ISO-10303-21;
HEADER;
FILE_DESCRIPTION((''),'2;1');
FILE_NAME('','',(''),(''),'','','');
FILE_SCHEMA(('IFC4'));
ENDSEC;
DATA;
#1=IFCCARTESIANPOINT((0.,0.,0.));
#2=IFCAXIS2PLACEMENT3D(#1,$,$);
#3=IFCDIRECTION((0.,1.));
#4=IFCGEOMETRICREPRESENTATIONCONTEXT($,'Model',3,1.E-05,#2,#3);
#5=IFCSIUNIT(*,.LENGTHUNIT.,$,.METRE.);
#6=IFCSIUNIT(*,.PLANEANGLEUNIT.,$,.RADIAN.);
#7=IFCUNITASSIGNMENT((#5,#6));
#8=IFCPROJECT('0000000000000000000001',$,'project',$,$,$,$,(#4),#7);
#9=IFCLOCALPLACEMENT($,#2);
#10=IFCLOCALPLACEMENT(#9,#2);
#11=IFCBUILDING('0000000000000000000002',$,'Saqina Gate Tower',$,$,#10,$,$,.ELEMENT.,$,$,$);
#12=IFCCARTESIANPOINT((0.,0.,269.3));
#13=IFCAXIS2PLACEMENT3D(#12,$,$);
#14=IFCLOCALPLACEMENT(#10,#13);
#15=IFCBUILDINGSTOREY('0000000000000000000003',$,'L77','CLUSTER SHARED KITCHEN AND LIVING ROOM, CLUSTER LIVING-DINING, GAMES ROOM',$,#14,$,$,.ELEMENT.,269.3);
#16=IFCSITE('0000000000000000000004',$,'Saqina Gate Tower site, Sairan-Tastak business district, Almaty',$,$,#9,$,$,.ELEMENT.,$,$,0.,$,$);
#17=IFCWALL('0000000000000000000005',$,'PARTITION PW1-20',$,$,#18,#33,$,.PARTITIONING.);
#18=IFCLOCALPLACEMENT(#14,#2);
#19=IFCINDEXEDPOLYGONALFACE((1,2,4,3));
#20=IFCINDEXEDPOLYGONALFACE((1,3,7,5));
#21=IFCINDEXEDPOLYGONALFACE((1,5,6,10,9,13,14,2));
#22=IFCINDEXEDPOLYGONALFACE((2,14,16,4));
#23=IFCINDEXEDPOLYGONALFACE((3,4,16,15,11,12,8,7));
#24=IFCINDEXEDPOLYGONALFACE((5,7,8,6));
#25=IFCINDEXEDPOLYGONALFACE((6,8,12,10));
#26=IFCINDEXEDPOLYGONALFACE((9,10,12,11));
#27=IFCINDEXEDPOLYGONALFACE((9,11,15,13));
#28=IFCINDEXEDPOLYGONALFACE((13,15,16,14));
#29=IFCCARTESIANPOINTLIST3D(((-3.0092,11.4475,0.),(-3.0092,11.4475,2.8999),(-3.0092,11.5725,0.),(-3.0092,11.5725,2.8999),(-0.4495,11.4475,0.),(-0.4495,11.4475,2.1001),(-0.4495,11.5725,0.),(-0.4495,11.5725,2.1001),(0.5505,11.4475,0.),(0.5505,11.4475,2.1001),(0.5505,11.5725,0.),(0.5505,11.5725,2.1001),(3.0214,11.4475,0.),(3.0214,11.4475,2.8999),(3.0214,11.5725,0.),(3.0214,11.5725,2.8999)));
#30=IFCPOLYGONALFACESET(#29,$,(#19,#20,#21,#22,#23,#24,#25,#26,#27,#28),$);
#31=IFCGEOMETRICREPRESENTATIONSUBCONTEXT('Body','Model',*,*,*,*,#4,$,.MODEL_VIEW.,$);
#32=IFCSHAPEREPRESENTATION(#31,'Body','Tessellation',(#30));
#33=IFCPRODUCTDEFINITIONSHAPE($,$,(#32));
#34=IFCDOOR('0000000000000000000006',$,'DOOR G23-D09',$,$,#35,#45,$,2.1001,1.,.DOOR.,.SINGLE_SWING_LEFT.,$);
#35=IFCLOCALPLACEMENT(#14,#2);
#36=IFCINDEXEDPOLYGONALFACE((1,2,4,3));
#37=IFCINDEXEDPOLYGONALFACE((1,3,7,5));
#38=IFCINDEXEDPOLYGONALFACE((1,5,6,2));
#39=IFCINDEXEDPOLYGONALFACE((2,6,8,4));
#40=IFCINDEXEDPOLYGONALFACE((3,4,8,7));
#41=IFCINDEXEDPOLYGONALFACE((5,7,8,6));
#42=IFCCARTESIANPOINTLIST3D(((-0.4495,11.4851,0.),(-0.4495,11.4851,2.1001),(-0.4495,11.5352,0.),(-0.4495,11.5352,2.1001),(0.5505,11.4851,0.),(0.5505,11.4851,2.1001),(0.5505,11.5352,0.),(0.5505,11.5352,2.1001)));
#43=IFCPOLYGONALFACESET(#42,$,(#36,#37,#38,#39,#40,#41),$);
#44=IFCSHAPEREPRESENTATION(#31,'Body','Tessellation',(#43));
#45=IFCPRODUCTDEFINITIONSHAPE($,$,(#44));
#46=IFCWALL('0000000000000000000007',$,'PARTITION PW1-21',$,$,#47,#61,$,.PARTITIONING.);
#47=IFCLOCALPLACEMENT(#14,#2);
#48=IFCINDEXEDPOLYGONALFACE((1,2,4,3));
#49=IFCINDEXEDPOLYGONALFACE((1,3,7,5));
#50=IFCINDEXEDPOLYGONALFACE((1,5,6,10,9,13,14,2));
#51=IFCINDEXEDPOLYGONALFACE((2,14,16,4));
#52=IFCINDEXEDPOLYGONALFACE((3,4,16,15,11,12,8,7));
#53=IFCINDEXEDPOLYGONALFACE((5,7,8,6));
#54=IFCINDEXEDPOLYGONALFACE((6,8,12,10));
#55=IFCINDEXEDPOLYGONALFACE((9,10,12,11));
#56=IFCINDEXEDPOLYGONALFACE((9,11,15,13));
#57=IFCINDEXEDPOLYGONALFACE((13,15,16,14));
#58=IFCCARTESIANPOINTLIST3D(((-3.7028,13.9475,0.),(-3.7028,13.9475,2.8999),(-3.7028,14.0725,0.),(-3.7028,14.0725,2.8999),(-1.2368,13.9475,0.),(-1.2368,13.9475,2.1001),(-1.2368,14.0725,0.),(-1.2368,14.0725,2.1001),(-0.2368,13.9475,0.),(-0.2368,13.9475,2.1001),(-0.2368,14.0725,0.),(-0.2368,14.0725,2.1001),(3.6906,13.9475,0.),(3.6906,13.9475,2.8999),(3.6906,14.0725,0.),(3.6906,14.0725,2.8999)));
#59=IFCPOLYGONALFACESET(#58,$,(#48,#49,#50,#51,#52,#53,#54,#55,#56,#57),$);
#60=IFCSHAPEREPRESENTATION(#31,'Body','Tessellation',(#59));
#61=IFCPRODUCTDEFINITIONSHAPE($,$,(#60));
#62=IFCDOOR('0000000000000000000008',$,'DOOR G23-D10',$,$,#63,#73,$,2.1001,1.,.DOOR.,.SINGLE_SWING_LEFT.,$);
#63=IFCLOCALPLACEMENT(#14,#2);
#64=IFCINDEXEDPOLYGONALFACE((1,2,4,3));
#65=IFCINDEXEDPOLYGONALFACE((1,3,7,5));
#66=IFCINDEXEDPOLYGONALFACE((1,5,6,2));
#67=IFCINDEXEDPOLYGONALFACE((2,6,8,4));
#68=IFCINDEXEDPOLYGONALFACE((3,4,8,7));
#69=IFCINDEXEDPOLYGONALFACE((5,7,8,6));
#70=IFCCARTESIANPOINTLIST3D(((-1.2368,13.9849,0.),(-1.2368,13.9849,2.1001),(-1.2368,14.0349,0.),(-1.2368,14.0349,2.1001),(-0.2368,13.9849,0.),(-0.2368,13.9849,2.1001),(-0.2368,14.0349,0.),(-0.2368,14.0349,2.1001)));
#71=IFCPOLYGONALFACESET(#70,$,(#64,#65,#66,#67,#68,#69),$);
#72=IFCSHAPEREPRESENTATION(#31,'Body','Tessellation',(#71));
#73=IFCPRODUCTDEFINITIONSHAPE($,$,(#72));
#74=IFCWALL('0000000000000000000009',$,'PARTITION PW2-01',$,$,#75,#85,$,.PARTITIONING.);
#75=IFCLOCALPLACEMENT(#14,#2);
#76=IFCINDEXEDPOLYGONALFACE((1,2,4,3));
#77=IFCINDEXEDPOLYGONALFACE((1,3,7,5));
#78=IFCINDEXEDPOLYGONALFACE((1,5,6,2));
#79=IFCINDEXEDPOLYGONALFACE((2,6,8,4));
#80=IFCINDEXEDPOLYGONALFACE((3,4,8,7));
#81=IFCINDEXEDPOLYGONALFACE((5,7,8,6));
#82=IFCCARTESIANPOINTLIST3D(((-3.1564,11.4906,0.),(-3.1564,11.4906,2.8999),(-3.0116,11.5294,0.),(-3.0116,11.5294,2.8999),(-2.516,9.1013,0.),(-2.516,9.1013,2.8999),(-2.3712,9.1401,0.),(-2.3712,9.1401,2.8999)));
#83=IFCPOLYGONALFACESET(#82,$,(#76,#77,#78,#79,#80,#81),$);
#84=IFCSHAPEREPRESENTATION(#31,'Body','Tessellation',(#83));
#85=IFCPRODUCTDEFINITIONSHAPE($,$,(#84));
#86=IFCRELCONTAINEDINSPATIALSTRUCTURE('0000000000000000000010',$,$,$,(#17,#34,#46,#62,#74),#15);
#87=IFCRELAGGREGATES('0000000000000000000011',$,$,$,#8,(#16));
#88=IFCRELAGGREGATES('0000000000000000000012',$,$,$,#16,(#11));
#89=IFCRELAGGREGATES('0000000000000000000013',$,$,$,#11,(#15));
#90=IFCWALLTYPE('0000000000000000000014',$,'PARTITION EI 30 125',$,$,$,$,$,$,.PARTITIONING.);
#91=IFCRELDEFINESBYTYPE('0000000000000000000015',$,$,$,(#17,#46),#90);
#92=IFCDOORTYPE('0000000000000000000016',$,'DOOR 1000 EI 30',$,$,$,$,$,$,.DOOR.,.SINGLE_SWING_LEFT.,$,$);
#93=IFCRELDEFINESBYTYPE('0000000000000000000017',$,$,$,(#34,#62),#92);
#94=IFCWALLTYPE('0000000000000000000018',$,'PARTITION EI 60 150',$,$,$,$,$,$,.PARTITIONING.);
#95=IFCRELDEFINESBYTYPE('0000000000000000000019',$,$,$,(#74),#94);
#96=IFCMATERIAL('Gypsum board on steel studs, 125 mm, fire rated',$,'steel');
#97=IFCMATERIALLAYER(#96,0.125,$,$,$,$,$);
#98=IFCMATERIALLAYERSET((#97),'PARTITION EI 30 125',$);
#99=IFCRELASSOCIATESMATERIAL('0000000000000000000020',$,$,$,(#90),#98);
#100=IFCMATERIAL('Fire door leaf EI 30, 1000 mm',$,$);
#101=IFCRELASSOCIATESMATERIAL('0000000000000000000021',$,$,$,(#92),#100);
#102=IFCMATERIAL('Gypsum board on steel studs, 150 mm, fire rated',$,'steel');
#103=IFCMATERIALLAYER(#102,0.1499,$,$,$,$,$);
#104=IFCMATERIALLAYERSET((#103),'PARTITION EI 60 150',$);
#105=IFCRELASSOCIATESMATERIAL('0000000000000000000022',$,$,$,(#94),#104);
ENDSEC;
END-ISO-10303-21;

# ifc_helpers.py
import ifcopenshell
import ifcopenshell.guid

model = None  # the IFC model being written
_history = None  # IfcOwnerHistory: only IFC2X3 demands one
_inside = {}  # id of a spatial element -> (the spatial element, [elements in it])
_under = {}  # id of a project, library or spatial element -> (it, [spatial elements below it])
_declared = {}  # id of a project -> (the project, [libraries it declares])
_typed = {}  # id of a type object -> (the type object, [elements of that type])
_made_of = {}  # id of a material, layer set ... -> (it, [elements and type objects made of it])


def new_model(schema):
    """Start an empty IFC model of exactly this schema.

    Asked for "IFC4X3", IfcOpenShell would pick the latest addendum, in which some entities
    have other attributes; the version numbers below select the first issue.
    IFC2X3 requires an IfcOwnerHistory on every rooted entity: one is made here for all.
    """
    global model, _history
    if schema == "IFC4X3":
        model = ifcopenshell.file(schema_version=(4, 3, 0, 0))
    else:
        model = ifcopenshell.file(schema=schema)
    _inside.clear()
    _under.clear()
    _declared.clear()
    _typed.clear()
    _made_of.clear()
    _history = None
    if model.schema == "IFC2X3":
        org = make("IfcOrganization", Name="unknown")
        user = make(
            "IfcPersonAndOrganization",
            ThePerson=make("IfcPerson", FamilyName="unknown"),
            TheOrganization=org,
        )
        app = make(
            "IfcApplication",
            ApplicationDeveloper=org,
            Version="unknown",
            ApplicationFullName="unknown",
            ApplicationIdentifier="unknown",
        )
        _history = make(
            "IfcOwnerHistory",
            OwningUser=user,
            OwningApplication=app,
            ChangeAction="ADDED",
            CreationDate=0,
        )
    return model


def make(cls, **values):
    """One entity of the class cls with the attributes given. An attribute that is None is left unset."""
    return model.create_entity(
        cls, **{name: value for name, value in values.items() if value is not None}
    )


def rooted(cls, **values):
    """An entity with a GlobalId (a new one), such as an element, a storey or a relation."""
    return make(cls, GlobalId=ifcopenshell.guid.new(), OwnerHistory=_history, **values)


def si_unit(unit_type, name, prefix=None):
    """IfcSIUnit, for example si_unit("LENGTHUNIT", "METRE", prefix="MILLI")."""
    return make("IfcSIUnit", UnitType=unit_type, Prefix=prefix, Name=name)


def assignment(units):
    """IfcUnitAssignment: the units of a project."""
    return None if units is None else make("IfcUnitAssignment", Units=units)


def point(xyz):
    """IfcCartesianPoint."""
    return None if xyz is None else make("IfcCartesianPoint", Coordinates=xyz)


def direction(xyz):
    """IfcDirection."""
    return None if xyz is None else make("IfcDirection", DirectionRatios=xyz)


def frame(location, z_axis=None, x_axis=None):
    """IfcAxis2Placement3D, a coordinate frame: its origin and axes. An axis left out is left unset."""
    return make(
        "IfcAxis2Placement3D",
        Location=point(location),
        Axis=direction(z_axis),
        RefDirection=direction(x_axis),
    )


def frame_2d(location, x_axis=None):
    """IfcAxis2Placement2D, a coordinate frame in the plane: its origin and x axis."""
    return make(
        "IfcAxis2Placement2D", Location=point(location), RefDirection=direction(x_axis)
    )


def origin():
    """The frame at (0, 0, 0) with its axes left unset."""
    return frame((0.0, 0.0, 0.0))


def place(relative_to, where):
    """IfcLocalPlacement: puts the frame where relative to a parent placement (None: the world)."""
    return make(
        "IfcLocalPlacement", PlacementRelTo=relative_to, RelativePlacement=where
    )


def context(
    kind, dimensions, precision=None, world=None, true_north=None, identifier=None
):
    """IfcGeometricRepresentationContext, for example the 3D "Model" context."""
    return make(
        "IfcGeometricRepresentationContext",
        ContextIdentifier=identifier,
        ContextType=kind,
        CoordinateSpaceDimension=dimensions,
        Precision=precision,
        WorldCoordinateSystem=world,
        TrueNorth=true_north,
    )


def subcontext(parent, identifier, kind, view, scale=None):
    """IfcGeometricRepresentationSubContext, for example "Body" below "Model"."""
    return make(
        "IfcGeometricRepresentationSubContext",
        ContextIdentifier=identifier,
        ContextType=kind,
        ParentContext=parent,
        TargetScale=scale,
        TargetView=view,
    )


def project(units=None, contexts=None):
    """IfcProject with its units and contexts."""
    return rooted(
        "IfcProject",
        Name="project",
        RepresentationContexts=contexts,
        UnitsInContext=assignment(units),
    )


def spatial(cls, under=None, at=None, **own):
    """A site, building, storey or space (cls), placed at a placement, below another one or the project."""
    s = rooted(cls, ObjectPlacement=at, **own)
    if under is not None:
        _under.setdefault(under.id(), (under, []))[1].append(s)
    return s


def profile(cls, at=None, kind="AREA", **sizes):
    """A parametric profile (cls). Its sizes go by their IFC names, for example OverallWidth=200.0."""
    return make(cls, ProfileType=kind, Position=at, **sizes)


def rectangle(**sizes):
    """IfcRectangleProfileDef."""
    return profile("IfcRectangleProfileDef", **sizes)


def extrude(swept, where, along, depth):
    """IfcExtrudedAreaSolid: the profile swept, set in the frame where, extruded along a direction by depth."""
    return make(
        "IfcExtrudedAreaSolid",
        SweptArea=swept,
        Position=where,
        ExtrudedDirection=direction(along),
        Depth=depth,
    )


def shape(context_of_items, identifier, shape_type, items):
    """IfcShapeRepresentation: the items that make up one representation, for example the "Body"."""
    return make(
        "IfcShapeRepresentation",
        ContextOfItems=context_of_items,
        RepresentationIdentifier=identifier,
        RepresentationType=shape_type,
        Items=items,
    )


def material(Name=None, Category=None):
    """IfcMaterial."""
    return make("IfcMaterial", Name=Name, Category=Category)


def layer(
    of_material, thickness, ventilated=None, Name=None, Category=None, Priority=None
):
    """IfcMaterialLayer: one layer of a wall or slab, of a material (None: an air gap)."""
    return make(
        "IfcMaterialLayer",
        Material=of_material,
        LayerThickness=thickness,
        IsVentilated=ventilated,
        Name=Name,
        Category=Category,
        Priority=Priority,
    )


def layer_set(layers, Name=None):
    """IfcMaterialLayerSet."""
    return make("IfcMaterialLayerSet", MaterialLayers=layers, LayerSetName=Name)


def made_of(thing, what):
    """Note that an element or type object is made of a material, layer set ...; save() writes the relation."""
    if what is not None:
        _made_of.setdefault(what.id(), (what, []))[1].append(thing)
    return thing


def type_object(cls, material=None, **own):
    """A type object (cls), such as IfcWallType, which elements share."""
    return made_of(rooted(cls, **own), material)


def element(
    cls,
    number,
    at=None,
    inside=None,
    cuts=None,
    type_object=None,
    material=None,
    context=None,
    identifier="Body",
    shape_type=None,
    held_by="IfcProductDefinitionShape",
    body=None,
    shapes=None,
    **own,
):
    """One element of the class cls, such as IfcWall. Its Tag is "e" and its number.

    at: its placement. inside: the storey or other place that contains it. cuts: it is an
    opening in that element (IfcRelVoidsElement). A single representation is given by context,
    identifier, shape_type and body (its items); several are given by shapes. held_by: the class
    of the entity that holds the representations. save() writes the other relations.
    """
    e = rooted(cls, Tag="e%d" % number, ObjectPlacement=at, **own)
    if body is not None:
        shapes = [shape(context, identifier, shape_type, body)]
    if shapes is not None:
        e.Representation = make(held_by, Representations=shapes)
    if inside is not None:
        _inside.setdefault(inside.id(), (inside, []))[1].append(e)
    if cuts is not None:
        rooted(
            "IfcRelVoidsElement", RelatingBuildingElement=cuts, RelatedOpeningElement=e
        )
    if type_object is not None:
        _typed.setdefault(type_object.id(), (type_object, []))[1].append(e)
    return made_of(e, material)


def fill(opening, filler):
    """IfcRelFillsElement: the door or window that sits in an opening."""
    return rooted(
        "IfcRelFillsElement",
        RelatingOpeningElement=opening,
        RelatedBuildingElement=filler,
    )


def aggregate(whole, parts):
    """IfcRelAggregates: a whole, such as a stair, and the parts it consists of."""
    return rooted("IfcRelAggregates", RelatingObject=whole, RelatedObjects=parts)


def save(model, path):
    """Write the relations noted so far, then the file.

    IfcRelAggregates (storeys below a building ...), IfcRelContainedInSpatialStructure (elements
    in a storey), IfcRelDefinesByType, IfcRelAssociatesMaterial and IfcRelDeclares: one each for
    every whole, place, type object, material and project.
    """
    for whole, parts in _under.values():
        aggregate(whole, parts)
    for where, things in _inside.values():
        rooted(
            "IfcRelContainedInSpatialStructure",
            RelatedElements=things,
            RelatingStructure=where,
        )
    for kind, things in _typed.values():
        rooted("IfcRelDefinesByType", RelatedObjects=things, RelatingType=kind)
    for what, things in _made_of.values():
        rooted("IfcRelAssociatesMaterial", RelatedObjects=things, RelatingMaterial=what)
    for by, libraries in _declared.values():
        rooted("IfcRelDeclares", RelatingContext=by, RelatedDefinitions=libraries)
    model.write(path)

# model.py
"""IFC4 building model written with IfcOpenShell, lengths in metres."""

from ifc_helpers import new_model, si_unit, direction, frame, frame_2d, origin, place, context, subcontext, project, spatial, rectangle, extrude, material, layer, layer_set, type_object, element, fill, save


model = new_model("IFC4")

# Units and contexts
model_context = context("Model", 3, precision=1e-05, world=origin(), true_north=direction((0.0, 1.0)))
body_context = subcontext(model_context, "Body", "Model", "MODEL_VIEW")
ifc_project = project(units=[si_unit("LENGTHUNIT", "METRE"), si_unit("PLANEANGLEUNIT", "RADIAN")], contexts=[model_context])

# Site, building, storey
site_placement = place(None, origin())
site = spatial("IfcSite", under=ifc_project, at=site_placement, Name="Saqina Gate Tower site, Sairan-Tastak business district, Almaty", CompositionType="ELEMENT", RefElevation=0.0)
building_placement = place(site_placement, origin())
building = spatial("IfcBuilding", under=site, at=building_placement, Name="Saqina Gate Tower", CompositionType="ELEMENT")
storey_placement = place(building_placement, frame((0.0, 0.0, 269.3)))
storey = spatial("IfcBuildingStorey", under=building, at=storey_placement, Name="L77", Description="CLUSTER SHARED KITCHEN AND LIVING ROOM, CLUSTER LIVING-DINING, GAMES ROOM", CompositionType="ELEMENT", Elevation=269.3)

# Walls, openings, doors
ifc_material_1 = material(Name="Gypsum board on steel studs, 125 mm, fire rated", Category="steel")
ifc_layer_1 = layer(ifc_material_1, 0.125)
ifc_layer_set_1 = layer_set([ifc_layer_1], Name="PARTITION EI 30 125")
wall_type_1 = type_object("IfcWallType", Name="PARTITION EI 30 125", PredefinedType="PARTITIONING", material=ifc_layer_set_1)
wall_1_placement = place(storey_placement, frame((-3.009, 11.51, 0.0), z_axis=(0.0, 0.0, 1.0), x_axis=(1.0, 0.0, 0.0)))
wall_1 = element("IfcWall", 1, at=wall_1_placement, inside=storey, type_object=wall_type_1, Name="PARTITION PW1-20", PredefinedType="PARTITIONING", context=body_context, shape_type="SweptSolid", body=[
    extrude(rectangle(XDim=6.0305, YDim=0.125, at=frame_2d((3.0151, 0.0))), origin(), (0.0, 0.0, 1.0), 2.8999),
])
opening_1_placement = place(wall_1_placement, frame((2.5596, 0.0, 0.0)))
opening_1 = element("IfcOpeningElement", 2, at=opening_1_placement, cuts=wall_1, PredefinedType="OPENING", context=body_context, shape_type="SweptSolid", body=[
    extrude(rectangle(XDim=1.0, YDim=2.1001, at=frame_2d((0.5, 1.05))), frame((0.0, 0.0745, 0.0), z_axis=(0.0, -1.0, 0.0), x_axis=(1.0, 0.0, 0.0)), (0.0, 0.0, 1.0), 0.1489),
])
ifc_material_2 = material(Name="Fire door leaf EI 30, 1000 mm")
door_type_1 = type_object("IfcDoorType", Name="DOOR 1000 EI 30", OperationType="SINGLE_SWING_LEFT", PredefinedType="DOOR", material=ifc_material_2)
door_1_placement = place(opening_1_placement, frame((1.0, 0.0, 0.0), z_axis=(0.0, 0.0, 1.0), x_axis=(-1.0, 0.0, 0.0)))
door_1 = element("IfcDoor", 3, at=door_1_placement, inside=storey, type_object=door_type_1, Name="DOOR G23-D09", OperationType="SINGLE_SWING_LEFT", OverallHeight=2.1001, OverallWidth=1.0, PredefinedType="DOOR", context=body_context, shape_type="SweptSolid", body=[
    extrude(rectangle(XDim=1.0, YDim=2.1001, at=frame_2d((0.5, 1.05))), frame((0.0, 0.0249, 0.0), z_axis=(0.0, -1.0, 0.0), x_axis=(1.0, 0.0, 0.0)), (0.0, 0.0, 1.0), 0.05),
])
fill(opening_1, door_1)
wall_2_placement = place(storey_placement, frame((-3.7029, 14.01, 0.0), z_axis=(0.0, 0.0, 1.0), x_axis=(1.0, 0.0, 0.0)))
wall_2 = element("IfcWall", 4, at=wall_2_placement, inside=storey, type_object=wall_type_1, Name="PARTITION PW1-21", PredefinedType="PARTITIONING", context=body_context, shape_type="SweptSolid", body=[
    extrude(rectangle(XDim=7.3933, YDim=0.125, at=frame_2d((3.6968, 0.0))), origin(), (0.0, 0.0, 1.0), 2.8999),
])
opening_2_placement = place(wall_2_placement, frame((2.4661, 0.0, 0.0)))
opening_2 = element("IfcOpeningElement", 5, at=opening_2_placement, cuts=wall_2, PredefinedType="OPENING", context=body_context, shape_type="SweptSolid", body=[
    extrude(rectangle(XDim=1.0, YDim=2.1001, at=frame_2d((0.5, 1.05))), frame((0.0, 0.0745, 0.0), z_axis=(0.0, -1.0, 0.0), x_axis=(1.0, 0.0, 0.0)), (0.0, 0.0, 1.0), 0.1489),
])
door_2_placement = place(opening_2_placement, origin())
door_2 = element("IfcDoor", 6, at=door_2_placement, inside=storey, type_object=door_type_1, Name="DOOR G23-D10", OperationType="SINGLE_SWING_LEFT", OverallHeight=2.1001, OverallWidth=1.0, PredefinedType="DOOR", context=body_context, shape_type="SweptSolid", body=[
    extrude(rectangle(XDim=1.0, YDim=2.1001, at=frame_2d((0.5, 1.05))), frame((0.0, 0.0249, 0.0), z_axis=(0.0, -1.0, 0.0), x_axis=(1.0, 0.0, 0.0)), (0.0, 0.0, 1.0), 0.05),
])
fill(opening_2, door_2)

# Wall
ifc_material_3 = material(Name="Gypsum board on steel studs, 150 mm, fire rated", Category="steel")
ifc_layer_2 = layer(ifc_material_3, 0.1499)
ifc_layer_set_2 = layer_set([ifc_layer_2], Name="PARTITION EI 60 150")
wall_type_2 = type_object("IfcWallType", Name="PARTITION EI 60 150", PredefinedType="PARTITIONING", material=ifc_layer_set_2)
wall_3_placement = place(storey_placement, frame((-3.084, 11.51, 0.0), z_axis=(0.0, 0.0, 1.0), x_axis=(0.258873, -0.965911, 0.0)))
element("IfcWall", 7, at=wall_3_placement, inside=storey, type_object=wall_type_2, Name="PARTITION PW2-01", PredefinedType="PARTITIONING", context=body_context, shape_type="SweptSolid", body=[
    extrude(rectangle(XDim=2.4736, YDim=0.1499, at=frame_2d((1.2368, 0.0))), origin(), (0.0, 0.0, 1.0), 2.8999),
])

save(model, "model.ifc")
